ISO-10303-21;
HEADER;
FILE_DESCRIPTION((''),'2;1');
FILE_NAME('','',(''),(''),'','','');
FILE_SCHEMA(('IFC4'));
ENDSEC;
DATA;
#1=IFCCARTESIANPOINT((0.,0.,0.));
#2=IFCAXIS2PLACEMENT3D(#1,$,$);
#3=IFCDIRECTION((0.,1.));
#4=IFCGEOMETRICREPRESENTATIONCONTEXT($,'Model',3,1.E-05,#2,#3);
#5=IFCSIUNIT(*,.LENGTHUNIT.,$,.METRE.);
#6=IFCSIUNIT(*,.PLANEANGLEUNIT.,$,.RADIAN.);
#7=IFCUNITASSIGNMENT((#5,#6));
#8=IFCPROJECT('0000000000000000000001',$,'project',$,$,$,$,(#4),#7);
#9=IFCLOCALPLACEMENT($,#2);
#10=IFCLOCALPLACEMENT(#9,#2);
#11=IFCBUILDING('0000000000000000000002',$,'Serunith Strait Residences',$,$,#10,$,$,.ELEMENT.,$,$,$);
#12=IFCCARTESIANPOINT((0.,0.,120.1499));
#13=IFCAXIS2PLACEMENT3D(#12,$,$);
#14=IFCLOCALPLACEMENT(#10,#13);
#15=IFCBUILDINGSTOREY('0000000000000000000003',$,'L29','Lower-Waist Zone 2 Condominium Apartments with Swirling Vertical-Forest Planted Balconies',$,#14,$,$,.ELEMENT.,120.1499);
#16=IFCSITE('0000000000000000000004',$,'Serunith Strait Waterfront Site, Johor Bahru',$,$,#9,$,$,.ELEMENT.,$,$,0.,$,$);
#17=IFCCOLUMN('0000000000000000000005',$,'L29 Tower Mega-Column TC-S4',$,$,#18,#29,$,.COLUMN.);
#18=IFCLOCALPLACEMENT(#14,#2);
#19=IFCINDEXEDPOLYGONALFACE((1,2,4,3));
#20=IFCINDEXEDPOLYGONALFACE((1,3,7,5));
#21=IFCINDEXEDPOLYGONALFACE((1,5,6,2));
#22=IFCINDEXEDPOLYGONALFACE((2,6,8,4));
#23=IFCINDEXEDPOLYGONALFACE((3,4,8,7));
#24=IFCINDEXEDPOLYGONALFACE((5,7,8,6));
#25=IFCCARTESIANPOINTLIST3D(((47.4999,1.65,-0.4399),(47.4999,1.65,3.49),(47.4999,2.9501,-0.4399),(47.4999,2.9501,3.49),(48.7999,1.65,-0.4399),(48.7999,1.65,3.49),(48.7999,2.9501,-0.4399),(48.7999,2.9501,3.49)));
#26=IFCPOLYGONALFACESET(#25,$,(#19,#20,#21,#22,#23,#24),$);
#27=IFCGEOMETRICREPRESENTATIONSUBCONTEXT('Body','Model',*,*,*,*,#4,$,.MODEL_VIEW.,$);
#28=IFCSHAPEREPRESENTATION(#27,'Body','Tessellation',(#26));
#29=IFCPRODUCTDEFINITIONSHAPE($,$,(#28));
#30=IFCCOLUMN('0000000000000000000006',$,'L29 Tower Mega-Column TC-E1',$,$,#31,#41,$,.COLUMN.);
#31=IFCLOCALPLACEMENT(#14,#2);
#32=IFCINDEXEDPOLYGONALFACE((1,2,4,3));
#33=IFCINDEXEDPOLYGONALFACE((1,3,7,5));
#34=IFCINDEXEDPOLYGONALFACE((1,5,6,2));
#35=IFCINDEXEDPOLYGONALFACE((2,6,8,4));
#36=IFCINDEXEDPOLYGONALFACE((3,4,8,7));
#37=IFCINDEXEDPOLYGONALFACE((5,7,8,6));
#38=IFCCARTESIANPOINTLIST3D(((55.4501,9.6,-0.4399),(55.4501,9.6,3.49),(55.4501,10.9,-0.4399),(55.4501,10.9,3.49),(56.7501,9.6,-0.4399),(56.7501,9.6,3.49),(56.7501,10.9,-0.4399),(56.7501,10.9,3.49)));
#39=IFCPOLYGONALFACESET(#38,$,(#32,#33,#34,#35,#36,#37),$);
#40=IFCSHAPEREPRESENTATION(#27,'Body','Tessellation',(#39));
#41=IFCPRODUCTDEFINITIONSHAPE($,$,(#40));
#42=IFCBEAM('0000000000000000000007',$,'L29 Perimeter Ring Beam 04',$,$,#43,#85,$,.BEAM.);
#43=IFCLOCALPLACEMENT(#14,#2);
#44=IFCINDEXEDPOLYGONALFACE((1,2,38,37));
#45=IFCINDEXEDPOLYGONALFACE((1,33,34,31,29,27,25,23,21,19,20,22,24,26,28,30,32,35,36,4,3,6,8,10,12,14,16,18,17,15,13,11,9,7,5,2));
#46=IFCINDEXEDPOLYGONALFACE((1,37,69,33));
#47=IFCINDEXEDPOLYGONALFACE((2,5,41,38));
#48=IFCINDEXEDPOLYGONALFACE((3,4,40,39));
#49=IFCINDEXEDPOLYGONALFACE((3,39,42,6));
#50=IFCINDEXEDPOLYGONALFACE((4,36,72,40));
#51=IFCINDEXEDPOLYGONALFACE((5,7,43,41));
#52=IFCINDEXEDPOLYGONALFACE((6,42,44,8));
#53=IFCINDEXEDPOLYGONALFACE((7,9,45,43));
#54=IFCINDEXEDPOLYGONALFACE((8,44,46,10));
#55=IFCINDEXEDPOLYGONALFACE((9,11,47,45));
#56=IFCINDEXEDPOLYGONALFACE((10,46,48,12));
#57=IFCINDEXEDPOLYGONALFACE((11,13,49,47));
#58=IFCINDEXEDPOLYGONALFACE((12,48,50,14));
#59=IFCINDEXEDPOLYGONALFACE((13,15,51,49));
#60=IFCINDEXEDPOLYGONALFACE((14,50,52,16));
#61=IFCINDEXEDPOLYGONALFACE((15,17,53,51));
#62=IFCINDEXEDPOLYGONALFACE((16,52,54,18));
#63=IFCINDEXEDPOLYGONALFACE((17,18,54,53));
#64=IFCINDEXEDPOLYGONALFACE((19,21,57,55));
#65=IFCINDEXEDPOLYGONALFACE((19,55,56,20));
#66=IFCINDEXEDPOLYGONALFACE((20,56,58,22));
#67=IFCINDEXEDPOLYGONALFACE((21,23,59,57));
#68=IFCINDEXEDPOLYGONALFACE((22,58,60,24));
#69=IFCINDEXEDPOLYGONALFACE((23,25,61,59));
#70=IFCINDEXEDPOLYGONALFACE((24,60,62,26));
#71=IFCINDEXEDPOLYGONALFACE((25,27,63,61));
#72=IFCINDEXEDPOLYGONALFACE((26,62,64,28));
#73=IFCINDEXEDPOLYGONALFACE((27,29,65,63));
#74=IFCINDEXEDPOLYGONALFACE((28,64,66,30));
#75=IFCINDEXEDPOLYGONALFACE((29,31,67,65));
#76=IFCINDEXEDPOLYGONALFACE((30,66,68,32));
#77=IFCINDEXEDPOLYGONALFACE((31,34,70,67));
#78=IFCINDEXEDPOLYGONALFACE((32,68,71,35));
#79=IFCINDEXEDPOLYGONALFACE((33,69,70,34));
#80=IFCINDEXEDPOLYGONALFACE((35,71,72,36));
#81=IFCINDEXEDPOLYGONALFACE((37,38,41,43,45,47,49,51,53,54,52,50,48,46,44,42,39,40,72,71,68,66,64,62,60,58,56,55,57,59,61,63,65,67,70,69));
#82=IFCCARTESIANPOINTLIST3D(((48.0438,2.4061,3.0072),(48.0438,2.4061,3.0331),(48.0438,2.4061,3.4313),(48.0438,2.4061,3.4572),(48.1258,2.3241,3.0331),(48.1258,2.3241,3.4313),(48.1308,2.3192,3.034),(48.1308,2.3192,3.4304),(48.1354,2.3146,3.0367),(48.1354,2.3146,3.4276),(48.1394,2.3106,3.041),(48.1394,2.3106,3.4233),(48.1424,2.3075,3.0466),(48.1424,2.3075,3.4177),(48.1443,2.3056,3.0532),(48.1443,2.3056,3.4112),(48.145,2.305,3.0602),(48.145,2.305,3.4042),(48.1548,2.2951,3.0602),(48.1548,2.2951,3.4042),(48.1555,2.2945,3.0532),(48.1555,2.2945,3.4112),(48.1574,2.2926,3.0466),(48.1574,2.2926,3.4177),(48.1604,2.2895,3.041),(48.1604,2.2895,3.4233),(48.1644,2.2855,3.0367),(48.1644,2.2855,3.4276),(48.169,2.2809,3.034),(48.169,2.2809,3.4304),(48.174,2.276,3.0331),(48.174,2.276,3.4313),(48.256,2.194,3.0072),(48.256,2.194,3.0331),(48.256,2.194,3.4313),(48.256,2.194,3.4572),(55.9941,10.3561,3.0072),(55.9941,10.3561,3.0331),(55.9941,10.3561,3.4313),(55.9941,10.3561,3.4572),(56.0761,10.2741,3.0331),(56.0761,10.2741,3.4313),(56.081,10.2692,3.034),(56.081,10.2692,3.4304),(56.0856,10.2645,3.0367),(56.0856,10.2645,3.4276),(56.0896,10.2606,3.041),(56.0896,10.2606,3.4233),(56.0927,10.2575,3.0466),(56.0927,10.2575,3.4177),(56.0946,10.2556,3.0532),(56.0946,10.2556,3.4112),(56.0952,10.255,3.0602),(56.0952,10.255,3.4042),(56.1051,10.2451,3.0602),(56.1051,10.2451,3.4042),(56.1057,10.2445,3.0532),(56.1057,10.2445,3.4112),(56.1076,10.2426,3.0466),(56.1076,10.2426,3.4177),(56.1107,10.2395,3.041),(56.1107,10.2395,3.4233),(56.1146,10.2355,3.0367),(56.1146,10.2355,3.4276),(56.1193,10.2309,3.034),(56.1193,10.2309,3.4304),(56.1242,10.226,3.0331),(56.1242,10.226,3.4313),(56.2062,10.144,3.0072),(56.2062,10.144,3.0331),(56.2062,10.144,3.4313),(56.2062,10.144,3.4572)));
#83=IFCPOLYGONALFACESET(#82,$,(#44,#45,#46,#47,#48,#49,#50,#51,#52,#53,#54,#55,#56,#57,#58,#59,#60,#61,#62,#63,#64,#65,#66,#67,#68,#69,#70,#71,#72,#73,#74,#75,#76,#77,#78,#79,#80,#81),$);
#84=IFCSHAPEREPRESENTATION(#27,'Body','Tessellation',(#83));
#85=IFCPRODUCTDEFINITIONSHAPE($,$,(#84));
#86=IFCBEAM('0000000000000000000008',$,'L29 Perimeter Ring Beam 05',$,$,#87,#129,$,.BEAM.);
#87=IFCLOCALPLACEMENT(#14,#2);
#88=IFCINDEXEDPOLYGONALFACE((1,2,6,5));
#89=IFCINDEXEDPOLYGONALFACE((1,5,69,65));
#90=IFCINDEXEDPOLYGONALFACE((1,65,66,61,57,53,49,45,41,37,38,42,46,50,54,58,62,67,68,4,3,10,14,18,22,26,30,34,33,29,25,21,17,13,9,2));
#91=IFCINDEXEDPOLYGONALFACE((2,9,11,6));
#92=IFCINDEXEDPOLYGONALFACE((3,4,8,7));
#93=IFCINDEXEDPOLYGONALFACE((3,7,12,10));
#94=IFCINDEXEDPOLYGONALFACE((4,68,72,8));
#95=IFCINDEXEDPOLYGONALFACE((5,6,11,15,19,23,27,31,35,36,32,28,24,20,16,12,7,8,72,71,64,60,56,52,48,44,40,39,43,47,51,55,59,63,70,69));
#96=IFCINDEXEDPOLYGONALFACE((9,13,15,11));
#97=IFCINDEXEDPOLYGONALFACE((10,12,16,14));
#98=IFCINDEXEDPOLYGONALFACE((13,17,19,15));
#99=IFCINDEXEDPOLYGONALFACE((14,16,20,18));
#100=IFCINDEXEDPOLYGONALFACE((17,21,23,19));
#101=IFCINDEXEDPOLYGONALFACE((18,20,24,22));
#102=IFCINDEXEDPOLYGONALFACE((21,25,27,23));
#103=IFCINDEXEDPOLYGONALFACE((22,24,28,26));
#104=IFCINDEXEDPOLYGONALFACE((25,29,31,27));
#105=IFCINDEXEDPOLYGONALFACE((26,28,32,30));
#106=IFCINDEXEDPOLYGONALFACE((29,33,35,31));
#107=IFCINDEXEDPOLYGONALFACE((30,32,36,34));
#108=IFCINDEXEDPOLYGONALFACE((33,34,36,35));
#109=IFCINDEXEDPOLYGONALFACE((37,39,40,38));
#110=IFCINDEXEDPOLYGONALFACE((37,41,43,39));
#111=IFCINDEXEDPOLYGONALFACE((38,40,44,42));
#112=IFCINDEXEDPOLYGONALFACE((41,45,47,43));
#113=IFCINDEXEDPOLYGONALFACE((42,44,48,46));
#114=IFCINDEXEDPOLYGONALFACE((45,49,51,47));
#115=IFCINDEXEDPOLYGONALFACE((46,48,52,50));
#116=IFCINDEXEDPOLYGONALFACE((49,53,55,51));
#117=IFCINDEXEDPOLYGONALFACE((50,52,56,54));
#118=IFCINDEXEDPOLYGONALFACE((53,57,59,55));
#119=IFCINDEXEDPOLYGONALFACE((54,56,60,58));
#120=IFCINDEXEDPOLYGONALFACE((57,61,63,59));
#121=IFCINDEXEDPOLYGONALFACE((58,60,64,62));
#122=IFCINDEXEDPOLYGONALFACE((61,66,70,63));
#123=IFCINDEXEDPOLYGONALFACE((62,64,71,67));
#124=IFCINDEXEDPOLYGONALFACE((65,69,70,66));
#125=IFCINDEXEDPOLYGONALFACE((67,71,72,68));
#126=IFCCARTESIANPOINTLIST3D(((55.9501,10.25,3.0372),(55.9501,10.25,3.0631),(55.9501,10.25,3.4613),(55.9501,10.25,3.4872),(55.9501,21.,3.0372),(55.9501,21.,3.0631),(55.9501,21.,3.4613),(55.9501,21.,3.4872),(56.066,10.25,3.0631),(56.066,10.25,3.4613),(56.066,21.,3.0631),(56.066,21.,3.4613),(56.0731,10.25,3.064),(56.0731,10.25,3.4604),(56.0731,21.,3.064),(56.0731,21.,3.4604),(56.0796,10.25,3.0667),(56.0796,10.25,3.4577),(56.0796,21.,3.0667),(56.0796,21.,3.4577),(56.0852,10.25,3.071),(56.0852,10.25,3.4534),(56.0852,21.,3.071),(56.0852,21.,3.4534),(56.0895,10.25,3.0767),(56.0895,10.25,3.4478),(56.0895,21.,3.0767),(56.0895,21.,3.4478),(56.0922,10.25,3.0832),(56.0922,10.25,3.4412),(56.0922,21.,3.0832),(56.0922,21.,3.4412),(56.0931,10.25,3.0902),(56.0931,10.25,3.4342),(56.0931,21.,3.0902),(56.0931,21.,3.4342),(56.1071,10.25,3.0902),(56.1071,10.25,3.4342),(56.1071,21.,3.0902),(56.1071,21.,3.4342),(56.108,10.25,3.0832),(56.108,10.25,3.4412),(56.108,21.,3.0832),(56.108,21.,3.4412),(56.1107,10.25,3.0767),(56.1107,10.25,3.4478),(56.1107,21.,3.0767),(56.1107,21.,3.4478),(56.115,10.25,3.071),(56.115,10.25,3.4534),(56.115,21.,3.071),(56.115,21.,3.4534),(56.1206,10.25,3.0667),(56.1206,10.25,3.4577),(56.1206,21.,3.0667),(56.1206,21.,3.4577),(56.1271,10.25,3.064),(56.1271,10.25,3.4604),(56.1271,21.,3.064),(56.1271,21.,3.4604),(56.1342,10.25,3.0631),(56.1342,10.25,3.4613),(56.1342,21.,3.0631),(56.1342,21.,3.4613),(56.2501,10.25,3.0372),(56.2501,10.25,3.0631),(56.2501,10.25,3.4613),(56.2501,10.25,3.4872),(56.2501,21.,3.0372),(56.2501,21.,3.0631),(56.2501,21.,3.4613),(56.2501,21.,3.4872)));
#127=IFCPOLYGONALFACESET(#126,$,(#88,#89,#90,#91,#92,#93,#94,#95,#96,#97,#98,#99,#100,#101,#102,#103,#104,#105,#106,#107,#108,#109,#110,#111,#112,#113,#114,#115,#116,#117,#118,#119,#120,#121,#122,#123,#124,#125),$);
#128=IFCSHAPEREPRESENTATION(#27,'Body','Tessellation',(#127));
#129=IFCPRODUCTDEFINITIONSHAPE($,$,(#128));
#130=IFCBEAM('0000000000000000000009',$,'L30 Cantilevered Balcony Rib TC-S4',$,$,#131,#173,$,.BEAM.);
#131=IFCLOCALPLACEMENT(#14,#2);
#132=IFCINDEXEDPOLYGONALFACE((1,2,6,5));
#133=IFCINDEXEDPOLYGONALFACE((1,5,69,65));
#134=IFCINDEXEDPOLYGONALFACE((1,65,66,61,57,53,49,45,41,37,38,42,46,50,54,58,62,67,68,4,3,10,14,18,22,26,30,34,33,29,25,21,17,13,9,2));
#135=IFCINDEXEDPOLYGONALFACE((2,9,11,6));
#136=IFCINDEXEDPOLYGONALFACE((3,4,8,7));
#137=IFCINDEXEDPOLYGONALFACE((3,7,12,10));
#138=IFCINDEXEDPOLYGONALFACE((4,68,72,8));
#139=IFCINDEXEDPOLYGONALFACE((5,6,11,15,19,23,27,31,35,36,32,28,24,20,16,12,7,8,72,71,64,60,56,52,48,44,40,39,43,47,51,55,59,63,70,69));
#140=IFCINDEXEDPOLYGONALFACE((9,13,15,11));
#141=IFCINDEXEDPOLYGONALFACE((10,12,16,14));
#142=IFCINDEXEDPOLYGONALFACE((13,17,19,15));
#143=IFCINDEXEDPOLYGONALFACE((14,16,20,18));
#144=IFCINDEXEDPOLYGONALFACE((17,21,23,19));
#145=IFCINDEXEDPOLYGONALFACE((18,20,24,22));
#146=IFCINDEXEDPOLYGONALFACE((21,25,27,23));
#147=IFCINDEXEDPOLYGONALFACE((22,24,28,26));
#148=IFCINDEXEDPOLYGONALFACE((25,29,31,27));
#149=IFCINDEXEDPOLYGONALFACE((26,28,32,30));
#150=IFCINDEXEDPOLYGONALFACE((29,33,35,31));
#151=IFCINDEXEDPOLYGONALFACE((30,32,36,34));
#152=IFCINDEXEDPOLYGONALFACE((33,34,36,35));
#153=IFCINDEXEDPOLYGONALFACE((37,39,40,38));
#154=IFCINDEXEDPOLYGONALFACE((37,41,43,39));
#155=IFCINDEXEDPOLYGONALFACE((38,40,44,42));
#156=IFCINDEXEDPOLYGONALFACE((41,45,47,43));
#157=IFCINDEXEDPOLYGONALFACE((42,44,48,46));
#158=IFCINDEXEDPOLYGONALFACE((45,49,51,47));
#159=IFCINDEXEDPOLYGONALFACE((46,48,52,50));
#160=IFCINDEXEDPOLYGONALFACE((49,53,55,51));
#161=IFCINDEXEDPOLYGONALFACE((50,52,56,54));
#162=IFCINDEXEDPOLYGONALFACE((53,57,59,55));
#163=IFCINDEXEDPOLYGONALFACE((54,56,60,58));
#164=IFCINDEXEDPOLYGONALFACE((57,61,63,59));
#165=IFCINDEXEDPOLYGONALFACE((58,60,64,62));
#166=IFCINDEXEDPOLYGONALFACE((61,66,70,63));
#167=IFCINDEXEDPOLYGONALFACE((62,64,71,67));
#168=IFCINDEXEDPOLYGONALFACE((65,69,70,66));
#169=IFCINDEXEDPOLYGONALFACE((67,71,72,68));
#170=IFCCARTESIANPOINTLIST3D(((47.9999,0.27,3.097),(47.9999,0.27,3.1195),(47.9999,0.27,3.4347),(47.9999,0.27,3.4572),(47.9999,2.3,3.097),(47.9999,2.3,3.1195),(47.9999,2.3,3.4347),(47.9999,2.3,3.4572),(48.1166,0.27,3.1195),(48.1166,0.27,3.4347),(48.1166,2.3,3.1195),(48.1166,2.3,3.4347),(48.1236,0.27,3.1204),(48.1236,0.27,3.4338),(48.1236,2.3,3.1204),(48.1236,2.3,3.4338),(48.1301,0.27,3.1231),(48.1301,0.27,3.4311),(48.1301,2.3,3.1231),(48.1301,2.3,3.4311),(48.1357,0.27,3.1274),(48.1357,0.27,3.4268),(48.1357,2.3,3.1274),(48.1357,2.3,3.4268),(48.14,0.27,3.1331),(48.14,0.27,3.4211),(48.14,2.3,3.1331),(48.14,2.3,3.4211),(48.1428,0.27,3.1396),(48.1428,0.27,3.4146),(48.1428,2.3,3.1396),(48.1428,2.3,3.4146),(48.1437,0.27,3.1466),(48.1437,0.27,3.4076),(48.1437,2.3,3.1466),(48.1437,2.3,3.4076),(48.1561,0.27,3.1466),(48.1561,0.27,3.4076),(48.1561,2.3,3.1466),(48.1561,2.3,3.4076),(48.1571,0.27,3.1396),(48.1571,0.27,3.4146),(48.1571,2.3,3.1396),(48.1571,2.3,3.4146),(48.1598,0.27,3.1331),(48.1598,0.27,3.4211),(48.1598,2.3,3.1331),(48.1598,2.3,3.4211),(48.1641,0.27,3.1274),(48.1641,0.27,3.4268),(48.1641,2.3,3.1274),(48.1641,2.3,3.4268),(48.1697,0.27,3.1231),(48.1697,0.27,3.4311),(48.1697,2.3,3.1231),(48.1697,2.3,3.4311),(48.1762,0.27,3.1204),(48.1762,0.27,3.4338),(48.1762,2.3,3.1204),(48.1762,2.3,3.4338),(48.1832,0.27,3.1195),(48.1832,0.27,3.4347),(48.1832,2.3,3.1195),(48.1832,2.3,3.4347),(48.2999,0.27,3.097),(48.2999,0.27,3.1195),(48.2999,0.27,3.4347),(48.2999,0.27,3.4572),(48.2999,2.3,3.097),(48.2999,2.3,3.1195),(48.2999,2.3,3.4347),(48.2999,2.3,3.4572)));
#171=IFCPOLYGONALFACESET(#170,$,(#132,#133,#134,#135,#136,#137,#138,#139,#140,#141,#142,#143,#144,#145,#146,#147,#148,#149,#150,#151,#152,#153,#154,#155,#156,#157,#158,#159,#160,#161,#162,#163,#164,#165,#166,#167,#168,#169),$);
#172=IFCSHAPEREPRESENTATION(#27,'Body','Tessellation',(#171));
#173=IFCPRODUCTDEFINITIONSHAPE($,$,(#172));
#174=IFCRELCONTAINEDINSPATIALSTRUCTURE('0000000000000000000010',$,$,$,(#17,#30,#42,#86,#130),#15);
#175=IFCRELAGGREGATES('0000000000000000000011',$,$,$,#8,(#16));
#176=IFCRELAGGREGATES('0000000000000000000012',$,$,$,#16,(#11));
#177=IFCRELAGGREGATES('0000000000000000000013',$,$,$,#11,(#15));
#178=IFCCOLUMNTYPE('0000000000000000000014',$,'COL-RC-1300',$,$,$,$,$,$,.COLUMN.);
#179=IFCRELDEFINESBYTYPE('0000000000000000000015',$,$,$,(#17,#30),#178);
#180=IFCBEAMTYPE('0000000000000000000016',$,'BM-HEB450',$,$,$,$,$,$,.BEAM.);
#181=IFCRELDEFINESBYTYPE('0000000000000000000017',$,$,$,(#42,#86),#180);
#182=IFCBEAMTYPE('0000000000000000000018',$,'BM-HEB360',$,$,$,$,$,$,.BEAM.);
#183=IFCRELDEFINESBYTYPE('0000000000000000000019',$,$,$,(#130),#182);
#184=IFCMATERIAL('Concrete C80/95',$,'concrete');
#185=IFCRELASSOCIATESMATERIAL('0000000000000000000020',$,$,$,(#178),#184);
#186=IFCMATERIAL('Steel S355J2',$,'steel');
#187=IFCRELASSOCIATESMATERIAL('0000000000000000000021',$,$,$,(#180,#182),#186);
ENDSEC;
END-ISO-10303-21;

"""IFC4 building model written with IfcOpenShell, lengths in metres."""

from ifc_helpers import new_model, si_unit, direction, frame, origin, origin_2d, place, context, subcontext, project, spatial, rectangle, i_section, extrude, source, transform, mapped, material, material_profile, profile_set, type_object, element, save


model = new_model("IFC4")

# Units and contexts
model_context = context("Model", 3, precision=1e-05, world=origin(), true_north=direction((0.0, 1.0)))
body_context = subcontext(model_context, "Body", "Model", "MODEL_VIEW")
ifc_project = project(units=[si_unit("LENGTHUNIT", "METRE"), si_unit("PLANEANGLEUNIT", "RADIAN")], contexts=[model_context])

# Site, building, storey
site_placement = place(None, origin())
site = spatial("IfcSite", under=ifc_project, at=site_placement, Name="Serunith Strait Waterfront Site, Johor Bahru", CompositionType="ELEMENT", RefElevation=0.0)
building_placement = place(site_placement, origin())
building = spatial("IfcBuilding", under=site, at=building_placement, Name="Serunith Strait Residences", CompositionType="ELEMENT")
storey_placement = place(building_placement, frame((0.0, 0.0, 120.1499)))
storey = spatial("IfcBuildingStorey", under=building, at=storey_placement, Name="L29", Description="Lower-Waist Zone 2 Condominium Apartments with Swirling Vertical-Forest Planted Balconies", CompositionType="ELEMENT", Elevation=120.1499)

# Columns
ifc_material_1 = material(Name="Concrete C80/95", Category="concrete")
ifc_material_profile_1 = material_profile(ifc_material_1, rectangle(XDim=1.3, YDim=1.3, at=origin_2d()), Name="RC 1300x1300")
ifc_profile_set_1 = profile_set([ifc_material_profile_1], Name="Concrete C80/95")
column_type = type_object("IfcColumnType", Name="COL-RC-1300", PredefinedType="COLUMN", material=ifc_profile_set_1)
shared_shape_1 = source(origin(), body_context, "Body", "SweptSolid", [
    extrude(rectangle(XDim=1.3, YDim=1.3, at=origin_2d()), origin(), (0.0, 0.0, 1.0), 3.9299),
])
for number, where, z_axis, x_axis, name in (
    (1, (48.1499, 2.3, -0.4399), (0.0, 0.0, 1.0), (1.0, 0.0, 0.0), "L29 Tower Mega-Column TC-S4"),
    (2, (56.1001, 10.25, -0.4399), (0.0, 0.0, 1.0), (1.0, 0.0, 0.0), "L29 Tower Mega-Column TC-E1"),
):
    element("IfcColumn", number, at=place(storey_placement, frame(where, z_axis=z_axis, x_axis=x_axis)), inside=storey, type_object=column_type, Name=name, PredefinedType="COLUMN", context=body_context, shape_type="MappedRepresentation", body=[
        mapped(shared_shape_1, transform((0.0, 0.0, 0.0), scale=1.0)),
    ])

# Beams
ifc_material_2 = material(Name="Steel S355J2", Category="steel")
ifc_material_profile_2 = material_profile(ifc_material_2, i_section(OverallWidth=0.3, OverallDepth=0.45, WebThickness=0.0139, FlangeThickness=0.0259, FilletRadius=0.0271, at=origin_2d()), Name="HEB 450")
ifc_profile_set_2 = profile_set([ifc_material_profile_2], Name="Steel S355J2")
beam_type_1 = type_object("IfcBeamType", Name="BM-HEB450", PredefinedType="BEAM", material=ifc_profile_set_2)
shared_shape_2 = source(origin(), body_context, "Body", "SweptSolid", [
    extrude(i_section(OverallWidth=0.3, OverallDepth=0.45, WebThickness=0.0139, FlangeThickness=0.0259, FilletRadius=0.0271, at=origin_2d()), origin(), (0.0, 0.0, 1.0), 11.2432),
])
beam_1_placement = place(storey_placement, frame((48.1499, 2.3, 3.2322), z_axis=(0.707118, 0.707096, 0.0), x_axis=(-0.707096, 0.707118, 0.0)))
element("IfcBeam", 3, at=beam_1_placement, inside=storey, type_object=beam_type_1, Name="L29 Perimeter Ring Beam 04", PredefinedType="BEAM", context=body_context, shape_type="MappedRepresentation", body=[
    mapped(shared_shape_2, transform((0.0, 0.0, 0.0), scale=1.0)),
])
shared_shape_3 = source(origin(), body_context, "Body", "SweptSolid", [
    extrude(i_section(OverallWidth=0.3, OverallDepth=0.45, WebThickness=0.0139, FlangeThickness=0.0259, FilletRadius=0.0271, at=origin_2d()), origin(), (0.0, 0.0, 1.0), 10.75),
])
beam_2_placement = place(storey_placement, frame((56.1001, 10.25, 3.2622), z_axis=(0.0, 1.0, 0.0), x_axis=(-1.0, 0.0, 0.0)))
element("IfcBeam", 4, at=beam_2_placement, inside=storey, type_object=beam_type_1, Name="L29 Perimeter Ring Beam 05", PredefinedType="BEAM", context=body_context, shape_type="MappedRepresentation", body=[
    mapped(shared_shape_3, transform((0.0, 0.0, 0.0), scale=1.0)),
])
ifc_material_profile_3 = material_profile(ifc_material_2, i_section(OverallWidth=0.3, OverallDepth=0.3601, WebThickness=0.0125, FlangeThickness=0.0225, FilletRadius=0.0271, at=origin_2d()), Name="HEB 360")
ifc_profile_set_3 = profile_set([ifc_material_profile_3], Name="Steel S355J2")
beam_type_2 = type_object("IfcBeamType", Name="BM-HEB360", PredefinedType="BEAM", material=ifc_profile_set_3)
shared_shape_4 = source(origin(), body_context, "Body", "SweptSolid", [
    extrude(i_section(OverallWidth=0.3, OverallDepth=0.3601, WebThickness=0.0125, FlangeThickness=0.0225, FilletRadius=0.0271, at=origin_2d()), origin(), (0.0, 0.0, 1.0), 2.03),
])
beam_3_placement = place(storey_placement, frame((48.1499, 2.3, 3.2771), z_axis=(0.0, -1.0, 0.0), x_axis=(1.0, 0.0, 0.0)))
element("IfcBeam", 5, at=beam_3_placement, inside=storey, type_object=beam_type_2, Name="L30 Cantilevered Balcony Rib TC-S4", PredefinedType="BEAM", context=body_context, shape_type="MappedRepresentation", body=[
    mapped(shared_shape_4, transform((0.0, 0.0, 0.0), scale=1.0)),
])

save(model, "model.ifc")
